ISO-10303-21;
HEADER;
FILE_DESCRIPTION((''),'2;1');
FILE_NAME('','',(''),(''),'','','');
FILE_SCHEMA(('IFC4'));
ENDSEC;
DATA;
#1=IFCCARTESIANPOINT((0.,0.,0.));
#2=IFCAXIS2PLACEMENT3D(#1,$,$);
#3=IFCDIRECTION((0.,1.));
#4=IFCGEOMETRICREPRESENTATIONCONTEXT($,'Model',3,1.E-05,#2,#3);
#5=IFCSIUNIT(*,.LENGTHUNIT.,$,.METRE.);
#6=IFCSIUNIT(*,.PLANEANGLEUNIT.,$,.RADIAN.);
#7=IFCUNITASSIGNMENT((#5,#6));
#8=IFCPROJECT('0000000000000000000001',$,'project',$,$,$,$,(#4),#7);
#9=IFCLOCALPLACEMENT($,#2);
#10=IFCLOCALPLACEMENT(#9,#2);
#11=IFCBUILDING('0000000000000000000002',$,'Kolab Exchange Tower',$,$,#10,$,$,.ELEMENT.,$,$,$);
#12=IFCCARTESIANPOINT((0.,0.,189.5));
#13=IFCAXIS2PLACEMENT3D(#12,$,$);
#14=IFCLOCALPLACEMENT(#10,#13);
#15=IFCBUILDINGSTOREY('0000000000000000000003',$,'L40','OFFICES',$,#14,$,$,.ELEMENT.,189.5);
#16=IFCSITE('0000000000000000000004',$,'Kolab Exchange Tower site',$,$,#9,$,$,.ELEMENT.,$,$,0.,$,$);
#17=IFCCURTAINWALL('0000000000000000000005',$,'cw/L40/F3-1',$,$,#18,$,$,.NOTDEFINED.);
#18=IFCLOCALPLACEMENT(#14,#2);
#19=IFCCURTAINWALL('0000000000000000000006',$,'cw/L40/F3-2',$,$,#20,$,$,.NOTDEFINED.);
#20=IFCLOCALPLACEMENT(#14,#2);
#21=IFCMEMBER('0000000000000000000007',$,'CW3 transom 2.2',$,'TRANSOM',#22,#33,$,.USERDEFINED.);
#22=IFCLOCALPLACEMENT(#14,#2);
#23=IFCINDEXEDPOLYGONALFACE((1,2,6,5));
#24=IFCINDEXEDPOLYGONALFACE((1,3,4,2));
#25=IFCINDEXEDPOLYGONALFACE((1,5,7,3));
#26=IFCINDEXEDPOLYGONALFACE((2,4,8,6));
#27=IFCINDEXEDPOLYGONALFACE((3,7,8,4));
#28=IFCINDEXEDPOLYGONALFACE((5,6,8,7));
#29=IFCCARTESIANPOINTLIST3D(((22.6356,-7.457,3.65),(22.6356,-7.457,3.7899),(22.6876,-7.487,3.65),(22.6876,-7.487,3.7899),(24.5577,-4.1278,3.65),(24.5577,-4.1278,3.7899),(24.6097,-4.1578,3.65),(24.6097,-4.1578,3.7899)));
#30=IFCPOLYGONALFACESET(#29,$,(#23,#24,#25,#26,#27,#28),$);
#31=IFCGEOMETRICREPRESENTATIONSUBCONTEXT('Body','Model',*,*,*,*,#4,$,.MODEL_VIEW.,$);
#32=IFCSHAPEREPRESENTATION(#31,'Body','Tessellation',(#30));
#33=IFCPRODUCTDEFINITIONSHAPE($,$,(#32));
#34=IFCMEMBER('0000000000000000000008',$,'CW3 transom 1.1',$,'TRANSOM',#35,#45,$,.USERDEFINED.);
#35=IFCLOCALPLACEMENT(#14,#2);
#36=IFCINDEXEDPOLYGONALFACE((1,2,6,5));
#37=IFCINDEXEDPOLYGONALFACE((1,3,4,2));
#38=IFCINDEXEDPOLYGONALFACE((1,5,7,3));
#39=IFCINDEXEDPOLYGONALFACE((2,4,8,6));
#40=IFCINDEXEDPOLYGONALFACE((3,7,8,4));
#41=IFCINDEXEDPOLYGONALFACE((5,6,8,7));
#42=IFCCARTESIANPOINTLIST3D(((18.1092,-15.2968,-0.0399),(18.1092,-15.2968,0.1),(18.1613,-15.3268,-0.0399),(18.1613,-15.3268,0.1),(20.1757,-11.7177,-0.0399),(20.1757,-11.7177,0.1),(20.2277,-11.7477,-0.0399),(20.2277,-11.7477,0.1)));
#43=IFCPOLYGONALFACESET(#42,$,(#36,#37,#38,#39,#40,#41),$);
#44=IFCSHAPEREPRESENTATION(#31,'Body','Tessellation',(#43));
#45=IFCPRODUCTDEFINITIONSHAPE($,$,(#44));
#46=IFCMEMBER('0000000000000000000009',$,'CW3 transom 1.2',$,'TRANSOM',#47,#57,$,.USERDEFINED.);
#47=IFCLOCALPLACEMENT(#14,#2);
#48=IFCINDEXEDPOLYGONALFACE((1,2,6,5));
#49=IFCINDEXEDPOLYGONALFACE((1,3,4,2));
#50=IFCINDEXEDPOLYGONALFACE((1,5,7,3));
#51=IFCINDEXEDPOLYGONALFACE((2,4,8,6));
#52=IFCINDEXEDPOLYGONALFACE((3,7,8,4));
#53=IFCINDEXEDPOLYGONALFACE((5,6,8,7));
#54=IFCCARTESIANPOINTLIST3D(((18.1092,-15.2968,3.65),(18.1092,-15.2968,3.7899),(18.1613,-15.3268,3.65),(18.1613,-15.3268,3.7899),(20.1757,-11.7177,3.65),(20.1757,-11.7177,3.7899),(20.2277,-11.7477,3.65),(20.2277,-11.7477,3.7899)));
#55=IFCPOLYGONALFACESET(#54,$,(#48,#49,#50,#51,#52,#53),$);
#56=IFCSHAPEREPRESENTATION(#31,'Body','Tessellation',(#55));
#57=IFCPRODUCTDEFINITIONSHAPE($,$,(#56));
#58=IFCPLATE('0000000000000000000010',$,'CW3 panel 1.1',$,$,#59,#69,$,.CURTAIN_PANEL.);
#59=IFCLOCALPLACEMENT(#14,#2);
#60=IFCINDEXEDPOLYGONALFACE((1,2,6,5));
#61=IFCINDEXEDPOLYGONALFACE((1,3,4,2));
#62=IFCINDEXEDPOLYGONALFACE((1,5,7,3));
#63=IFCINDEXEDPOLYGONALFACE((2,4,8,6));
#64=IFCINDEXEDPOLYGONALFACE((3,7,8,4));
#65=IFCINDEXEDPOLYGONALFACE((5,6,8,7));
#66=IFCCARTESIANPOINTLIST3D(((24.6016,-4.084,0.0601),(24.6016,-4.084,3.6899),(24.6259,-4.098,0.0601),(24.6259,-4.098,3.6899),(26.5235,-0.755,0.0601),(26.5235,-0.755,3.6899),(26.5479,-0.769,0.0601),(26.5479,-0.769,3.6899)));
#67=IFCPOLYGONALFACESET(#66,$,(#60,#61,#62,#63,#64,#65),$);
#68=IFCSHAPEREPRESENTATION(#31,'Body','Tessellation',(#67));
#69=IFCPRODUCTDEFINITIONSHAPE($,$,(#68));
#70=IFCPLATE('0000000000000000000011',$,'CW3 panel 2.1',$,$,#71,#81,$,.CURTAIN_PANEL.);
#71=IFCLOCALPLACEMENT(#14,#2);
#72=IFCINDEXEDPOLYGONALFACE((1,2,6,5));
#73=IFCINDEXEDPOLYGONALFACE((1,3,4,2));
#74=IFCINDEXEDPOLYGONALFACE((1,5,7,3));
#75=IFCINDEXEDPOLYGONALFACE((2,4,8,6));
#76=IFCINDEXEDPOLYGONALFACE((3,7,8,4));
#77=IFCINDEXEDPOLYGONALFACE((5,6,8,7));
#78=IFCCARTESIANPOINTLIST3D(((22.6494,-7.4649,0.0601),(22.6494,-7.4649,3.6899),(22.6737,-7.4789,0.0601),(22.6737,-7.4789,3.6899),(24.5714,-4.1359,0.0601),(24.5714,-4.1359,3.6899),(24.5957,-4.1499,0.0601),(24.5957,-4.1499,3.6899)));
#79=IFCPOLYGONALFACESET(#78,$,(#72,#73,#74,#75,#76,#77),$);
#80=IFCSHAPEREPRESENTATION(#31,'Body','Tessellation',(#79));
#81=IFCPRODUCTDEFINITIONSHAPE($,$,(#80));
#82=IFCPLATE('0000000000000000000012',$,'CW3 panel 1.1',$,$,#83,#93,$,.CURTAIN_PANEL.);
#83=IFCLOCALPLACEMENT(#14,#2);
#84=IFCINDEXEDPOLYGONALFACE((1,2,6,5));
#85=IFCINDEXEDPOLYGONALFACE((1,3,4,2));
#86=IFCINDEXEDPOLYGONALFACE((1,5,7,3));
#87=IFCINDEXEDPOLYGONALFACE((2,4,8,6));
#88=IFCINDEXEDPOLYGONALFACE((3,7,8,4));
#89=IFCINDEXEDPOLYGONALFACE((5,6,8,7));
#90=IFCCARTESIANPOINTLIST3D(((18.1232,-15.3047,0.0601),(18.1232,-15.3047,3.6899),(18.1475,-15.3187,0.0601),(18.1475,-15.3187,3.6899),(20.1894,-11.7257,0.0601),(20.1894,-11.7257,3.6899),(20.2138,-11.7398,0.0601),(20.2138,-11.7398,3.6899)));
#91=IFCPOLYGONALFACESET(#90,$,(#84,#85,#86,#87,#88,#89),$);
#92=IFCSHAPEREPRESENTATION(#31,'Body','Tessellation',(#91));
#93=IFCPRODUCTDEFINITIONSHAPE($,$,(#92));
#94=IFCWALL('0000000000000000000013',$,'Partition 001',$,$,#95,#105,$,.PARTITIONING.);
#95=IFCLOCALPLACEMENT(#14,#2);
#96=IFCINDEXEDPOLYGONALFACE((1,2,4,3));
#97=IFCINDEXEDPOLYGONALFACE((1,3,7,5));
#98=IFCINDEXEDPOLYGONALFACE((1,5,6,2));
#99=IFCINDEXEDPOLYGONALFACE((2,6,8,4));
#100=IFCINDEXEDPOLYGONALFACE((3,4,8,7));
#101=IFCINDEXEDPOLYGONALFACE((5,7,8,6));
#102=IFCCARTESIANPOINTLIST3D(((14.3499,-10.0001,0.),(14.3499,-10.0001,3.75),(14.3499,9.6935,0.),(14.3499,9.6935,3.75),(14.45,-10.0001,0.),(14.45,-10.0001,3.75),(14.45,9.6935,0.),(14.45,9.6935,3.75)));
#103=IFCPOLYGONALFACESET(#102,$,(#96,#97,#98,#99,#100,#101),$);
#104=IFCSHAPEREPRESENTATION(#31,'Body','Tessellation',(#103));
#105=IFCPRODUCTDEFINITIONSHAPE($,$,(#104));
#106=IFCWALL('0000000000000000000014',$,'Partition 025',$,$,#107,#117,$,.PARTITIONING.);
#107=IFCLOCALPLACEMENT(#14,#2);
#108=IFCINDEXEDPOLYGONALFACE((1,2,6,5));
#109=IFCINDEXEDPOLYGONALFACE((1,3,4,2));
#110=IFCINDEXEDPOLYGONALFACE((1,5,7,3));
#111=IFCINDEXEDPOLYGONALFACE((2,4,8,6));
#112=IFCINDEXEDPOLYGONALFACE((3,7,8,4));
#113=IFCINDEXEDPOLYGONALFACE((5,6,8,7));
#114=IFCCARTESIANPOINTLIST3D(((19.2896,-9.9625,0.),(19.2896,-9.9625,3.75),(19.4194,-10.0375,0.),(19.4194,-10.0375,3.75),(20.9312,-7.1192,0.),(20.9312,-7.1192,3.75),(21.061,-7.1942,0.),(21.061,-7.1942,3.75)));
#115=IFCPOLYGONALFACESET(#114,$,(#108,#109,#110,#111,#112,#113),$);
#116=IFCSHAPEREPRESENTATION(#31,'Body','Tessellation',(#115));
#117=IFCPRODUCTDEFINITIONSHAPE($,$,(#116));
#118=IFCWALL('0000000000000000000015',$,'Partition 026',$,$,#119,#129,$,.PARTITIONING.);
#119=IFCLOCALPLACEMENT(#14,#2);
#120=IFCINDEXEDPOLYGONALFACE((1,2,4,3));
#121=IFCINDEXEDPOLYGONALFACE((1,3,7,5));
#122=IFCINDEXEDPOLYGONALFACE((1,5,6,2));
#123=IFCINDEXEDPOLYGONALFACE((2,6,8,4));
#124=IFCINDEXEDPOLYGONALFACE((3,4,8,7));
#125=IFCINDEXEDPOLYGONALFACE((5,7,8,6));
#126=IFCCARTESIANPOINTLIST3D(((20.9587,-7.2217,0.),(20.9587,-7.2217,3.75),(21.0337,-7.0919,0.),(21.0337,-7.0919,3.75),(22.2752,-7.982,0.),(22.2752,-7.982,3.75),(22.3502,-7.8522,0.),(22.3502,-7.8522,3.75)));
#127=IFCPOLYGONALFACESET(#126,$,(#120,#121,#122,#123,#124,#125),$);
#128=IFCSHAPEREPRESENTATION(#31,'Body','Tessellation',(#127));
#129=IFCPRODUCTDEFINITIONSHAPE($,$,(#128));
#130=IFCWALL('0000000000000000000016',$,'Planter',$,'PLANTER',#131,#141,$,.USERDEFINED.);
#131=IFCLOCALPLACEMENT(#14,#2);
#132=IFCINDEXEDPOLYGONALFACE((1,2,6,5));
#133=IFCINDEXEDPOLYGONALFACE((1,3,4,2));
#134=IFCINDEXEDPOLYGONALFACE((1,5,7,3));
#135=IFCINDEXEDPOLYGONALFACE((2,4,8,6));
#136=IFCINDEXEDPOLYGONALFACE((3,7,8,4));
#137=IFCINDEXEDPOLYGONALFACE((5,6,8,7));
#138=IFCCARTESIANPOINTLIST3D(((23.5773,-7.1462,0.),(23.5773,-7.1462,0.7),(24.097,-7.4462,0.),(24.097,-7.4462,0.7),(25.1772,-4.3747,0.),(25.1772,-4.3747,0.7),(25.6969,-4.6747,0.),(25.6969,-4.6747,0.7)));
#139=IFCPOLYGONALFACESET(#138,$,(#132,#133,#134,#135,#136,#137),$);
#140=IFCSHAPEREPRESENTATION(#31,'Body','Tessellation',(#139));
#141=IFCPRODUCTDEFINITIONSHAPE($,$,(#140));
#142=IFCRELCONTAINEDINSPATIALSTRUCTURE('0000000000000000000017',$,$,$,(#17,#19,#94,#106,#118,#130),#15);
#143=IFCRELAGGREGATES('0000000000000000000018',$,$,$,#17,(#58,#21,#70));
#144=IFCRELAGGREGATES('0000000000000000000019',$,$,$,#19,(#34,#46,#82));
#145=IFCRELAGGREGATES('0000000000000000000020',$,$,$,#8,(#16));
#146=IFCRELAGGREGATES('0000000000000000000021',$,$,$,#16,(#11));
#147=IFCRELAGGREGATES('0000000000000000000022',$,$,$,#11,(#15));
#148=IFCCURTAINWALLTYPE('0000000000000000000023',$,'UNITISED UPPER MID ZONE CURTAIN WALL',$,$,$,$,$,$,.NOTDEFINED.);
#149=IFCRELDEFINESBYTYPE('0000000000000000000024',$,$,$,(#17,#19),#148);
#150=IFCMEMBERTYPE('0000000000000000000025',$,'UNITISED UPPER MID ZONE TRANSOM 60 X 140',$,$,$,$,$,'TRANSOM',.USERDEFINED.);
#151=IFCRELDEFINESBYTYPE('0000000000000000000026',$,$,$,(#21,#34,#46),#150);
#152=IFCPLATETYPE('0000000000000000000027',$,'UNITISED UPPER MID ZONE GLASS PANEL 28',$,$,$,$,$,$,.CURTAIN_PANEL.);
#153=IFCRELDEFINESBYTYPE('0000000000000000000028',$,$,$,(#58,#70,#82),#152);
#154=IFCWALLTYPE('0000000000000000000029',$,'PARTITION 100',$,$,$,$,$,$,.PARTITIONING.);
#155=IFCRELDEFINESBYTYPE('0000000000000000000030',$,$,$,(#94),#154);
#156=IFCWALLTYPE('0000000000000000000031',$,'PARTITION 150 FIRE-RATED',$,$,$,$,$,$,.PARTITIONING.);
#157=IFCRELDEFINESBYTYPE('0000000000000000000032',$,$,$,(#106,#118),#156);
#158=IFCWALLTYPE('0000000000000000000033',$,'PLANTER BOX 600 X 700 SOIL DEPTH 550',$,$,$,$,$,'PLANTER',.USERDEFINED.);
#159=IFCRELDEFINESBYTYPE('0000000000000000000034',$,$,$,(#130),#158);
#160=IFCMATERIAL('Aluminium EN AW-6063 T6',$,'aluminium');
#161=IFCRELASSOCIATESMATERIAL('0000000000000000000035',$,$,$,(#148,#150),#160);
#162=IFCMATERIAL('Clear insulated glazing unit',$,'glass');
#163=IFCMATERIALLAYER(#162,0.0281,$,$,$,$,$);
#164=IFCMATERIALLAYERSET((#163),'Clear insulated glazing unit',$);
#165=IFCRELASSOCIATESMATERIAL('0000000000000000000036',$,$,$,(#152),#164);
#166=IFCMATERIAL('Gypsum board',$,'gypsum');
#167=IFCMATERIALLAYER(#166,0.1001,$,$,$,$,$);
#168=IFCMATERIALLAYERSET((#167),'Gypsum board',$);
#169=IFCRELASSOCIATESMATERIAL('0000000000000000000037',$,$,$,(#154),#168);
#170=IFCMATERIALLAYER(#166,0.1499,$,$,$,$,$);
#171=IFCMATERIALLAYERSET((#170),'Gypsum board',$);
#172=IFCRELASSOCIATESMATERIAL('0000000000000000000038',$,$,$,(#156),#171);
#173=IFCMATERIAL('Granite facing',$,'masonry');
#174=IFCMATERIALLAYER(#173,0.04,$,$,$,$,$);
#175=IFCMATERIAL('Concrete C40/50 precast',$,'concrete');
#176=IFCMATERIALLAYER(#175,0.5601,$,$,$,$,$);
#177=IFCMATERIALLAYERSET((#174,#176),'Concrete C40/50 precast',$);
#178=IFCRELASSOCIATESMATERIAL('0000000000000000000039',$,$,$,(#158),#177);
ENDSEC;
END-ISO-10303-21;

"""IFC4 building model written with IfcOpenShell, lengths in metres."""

from ifc_helpers import new_model, si_unit, direction, frame, frame_2d, origin, origin_2d, place, context, subcontext, project, spatial, rectangle, extrude, material, layer, layer_set, material_profile, profile_set, type_object, element, aggregate, save


model = new_model("IFC4")

# Units and contexts
model_context = context("Model", 3, precision=1e-05, world=origin(), true_north=direction((0.0, 1.0)))
body_context = subcontext(model_context, "Body", "Model", "MODEL_VIEW")
ifc_project = project(units=[si_unit("LENGTHUNIT", "METRE"), si_unit("PLANEANGLEUNIT", "RADIAN")], contexts=[model_context])

# Site, building, storey
site_placement = place(None, origin())
site = spatial("IfcSite", under=ifc_project, at=site_placement, Name="Kolab Exchange Tower site", CompositionType="ELEMENT", RefElevation=0.0)
building_placement = place(site_placement, origin())
building = spatial("IfcBuilding", under=site, at=building_placement, Name="Kolab Exchange Tower", CompositionType="ELEMENT")
storey_placement = place(building_placement, frame((0.0, 0.0, 189.5)))
storey = spatial("IfcBuildingStorey", under=building, at=storey_placement, Name="L40", Description="OFFICES", CompositionType="ELEMENT", Elevation=189.5)

# Curtain wall
ifc_material_1 = material(Name="Aluminium EN AW-6063 T6", Category="aluminium")
curtain_wall_type = type_object("IfcCurtainWallType", Name="UNITISED UPPER MID ZONE CURTAIN WALL", PredefinedType="NOTDEFINED", material=ifc_material_1)
curtain_wall_1_placement = place(storey_placement, origin())
curtain_wall_1 = element("IfcCurtainWall", 1, at=curtain_wall_1_placement, inside=storey, type_object=curtain_wall_type, Name="cw/L40/F3-1", PredefinedType="NOTDEFINED")

# Curtain wall
curtain_wall_2_placement = place(storey_placement, origin())
curtain_wall_2 = element("IfcCurtainWall", 2, at=curtain_wall_2_placement, inside=storey, type_object=curtain_wall_type, Name="cw/L40/F3-2", PredefinedType="NOTDEFINED")

# Members
ifc_material_profile_1 = material_profile(ifc_material_1, rectangle(XDim=0.0601, YDim=0.1399, at=origin_2d()), Name="RECT 60X140")
ifc_profile_set_1 = profile_set([ifc_material_profile_1], Name="Aluminium EN AW-6063 T6")
member_type_1 = type_object("IfcMemberType", Name="UNITISED UPPER MID ZONE TRANSOM 60 X 140", ElementType="TRANSOM", PredefinedType="USERDEFINED", material=ifc_profile_set_1)
member_1_placement = place(storey_placement, frame((24.5837, -4.1428, 3.72), z_axis=(-0.500012, -0.866018, 0.0), x_axis=(0.866018, -0.500012, 0.0)))
member_1 = element("IfcMember", 3, at=member_1_placement, type_object=member_type_1, Name="CW3 transom 2.2", ObjectType="TRANSOM", PredefinedType="USERDEFINED", context=body_context, shape_type="SweptSolid", body=[
    extrude(rectangle(XDim=0.0601, YDim=0.1399, at=origin_2d()), origin(), (0.0, 0.0, 1.0), 3.8442),
])
member_2_placement = place(storey_placement, frame((20.2017, -11.7327, 0.03), z_axis=(-0.500002, -0.866024, 0.0), x_axis=(0.866024, -0.500002, 0.0)))
member_2 = element("IfcMember", 4, at=member_2_placement, type_object=member_type_1, Name="CW3 transom 1.1", ObjectType="TRANSOM", PredefinedType="USERDEFINED", context=body_context, shape_type="SweptSolid", body=[
    extrude(rectangle(XDim=0.0601, YDim=0.1399, at=origin_2d()), origin(), (0.0, 0.0, 1.0), 4.1328),
])
member_3_placement = place(storey_placement, frame((20.2017, -11.7327, 3.72), z_axis=(-0.500002, -0.866024, 0.0), x_axis=(0.866024, -0.500002, 0.0)))
member_3 = element("IfcMember", 5, at=member_3_placement, type_object=member_type_1, Name="CW3 transom 1.2", ObjectType="TRANSOM", PredefinedType="USERDEFINED", context=body_context, shape_type="SweptSolid", body=[
    extrude(rectangle(XDim=0.0601, YDim=0.1399, at=origin_2d()), origin(), (0.0, 0.0, 1.0), 4.1328),
])

# Plates
ifc_material_2 = material(Name="Clear insulated glazing unit", Category="glass")
ifc_layer_1 = layer(ifc_material_2, 0.0281)
ifc_layer_set_1 = layer_set([ifc_layer_1], Name="Clear insulated glazing unit")
plate_type = type_object("IfcPlateType", Name="UNITISED UPPER MID ZONE GLASS PANEL 28", PredefinedType="CURTAIN_PANEL", material=ifc_layer_set_1)
plate_1_placement = place(storey_placement, frame((25.5747, -2.4265, 0.0601), z_axis=(0.0, 0.0, 1.0), x_axis=(-0.5, -0.866025, 0.0)))
plate_1 = element("IfcPlate", 6, at=plate_1_placement, type_object=plate_type, Name="CW3 panel 1.1", PredefinedType="CURTAIN_PANEL", context=body_context, shape_type="SweptSolid", body=[
    extrude(rectangle(XDim=3.844, YDim=0.0281, at=origin_2d()), origin(), (0.0, 0.0, 1.0), 3.6299),
])
plate_2_placement = place(storey_placement, frame((23.6226, -5.8074, 0.0601), z_axis=(0.0, 0.0, 1.0), x_axis=(-0.5, -0.866025, 0.0)))
plate_2 = element("IfcPlate", 7, at=plate_2_placement, type_object=plate_type, Name="CW3 panel 2.1", PredefinedType="CURTAIN_PANEL", context=body_context, shape_type="SweptSolid", body=[
    extrude(rectangle(XDim=3.844, YDim=0.0281, at=origin_2d()), origin(), (0.0, 0.0, 1.0), 3.6299),
])
aggregate(curtain_wall_1, [plate_1, member_1, plate_2])
plate_3_placement = place(storey_placement, frame((19.1685, -13.5222, 0.0601), z_axis=(0.0, 0.0, 1.0), x_axis=(-0.5, -0.866025, 0.0)))
plate_3 = element("IfcPlate", 8, at=plate_3_placement, type_object=plate_type, Name="CW3 panel 1.1", PredefinedType="CURTAIN_PANEL", context=body_context, shape_type="SweptSolid", body=[
    extrude(rectangle(XDim=4.1326, YDim=0.0281, at=origin_2d()), origin(), (0.0, 0.0, 1.0), 3.6299),
])
aggregate(curtain_wall_2, [member_2, member_3, plate_3])

# Walls
ifc_material_3 = material(Name="Gypsum board", Category="gypsum")
ifc_layer_2 = layer(ifc_material_3, 0.1001)
ifc_layer_set_2 = layer_set([ifc_layer_2], Name="Gypsum board")
wall_type_1 = type_object("IfcWallType", Name="PARTITION 100", PredefinedType="PARTITIONING", material=ifc_layer_set_2)
wall_1_placement = place(storey_placement, frame((14.3999, -10.0, 0.0), z_axis=(0.0, 0.0, 1.0), x_axis=(0.0, 1.0, 0.0)))
element("IfcWall", 9, at=wall_1_placement, inside=storey, type_object=wall_type_1, Name="Partition 001", PredefinedType="PARTITIONING", context=body_context, shape_type="SweptSolid", body=[
    extrude(rectangle(XDim=19.6936, YDim=0.1001, at=frame_2d((9.8467, 0.0))), origin(), (0.0, 0.0, 1.0), 3.75),
])
ifc_layer_3 = layer(ifc_material_3, 0.1499)
ifc_layer_set_3 = layer_set([ifc_layer_3], Name="Gypsum board")
wall_type_2 = type_object("IfcWallType", Name="PARTITION 150 FIRE-RATED", PredefinedType="PARTITIONING", material=ifc_layer_set_3)
wall_2_placement = place(storey_placement, frame((19.3545, -10.0, 0.0), z_axis=(0.0, 0.0, 1.0), x_axis=(0.50001, 0.86602, 0.0)))
element("IfcWall", 10, at=wall_2_placement, inside=storey, type_object=wall_type_2, Name="Partition 025", PredefinedType="PARTITIONING", context=body_context, shape_type="SweptSolid", body=[
    extrude(rectangle(XDim=3.2832, YDim=0.1499, at=frame_2d((1.6416, 0.0))), origin(), (0.0, 0.0, 1.0), 3.75),
])
wall_3_placement = place(storey_placement, frame((20.9961, -7.1567, 0.0), z_axis=(0.0, 0.0, 1.0), x_axis=(0.865961, -0.500112, 0.0)))
element("IfcWall", 11, at=wall_3_placement, inside=storey, type_object=wall_type_2, Name="Partition 026", PredefinedType="PARTITIONING", context=body_context, shape_type="SweptSolid", body=[
    extrude(rectangle(XDim=1.5203, YDim=0.1499, at=frame_2d((0.7603, 0.0))), origin(), (0.0, 0.0, 1.0), 3.75),
])
ifc_material_4 = material(Name="Granite facing", Category="masonry")
ifc_layer_4 = layer(ifc_material_4, 0.04)
ifc_material_5 = material(Name="Concrete C40/50 precast", Category="concrete")
ifc_layer_5 = layer(ifc_material_5, 0.5601)
ifc_layer_set_4 = layer_set([ifc_layer_4, ifc_layer_5], Name="Concrete C40/50 precast")
wall_type_3 = type_object("IfcWallType", Name="PLANTER BOX 600 X 700 SOIL DEPTH 550", ElementType="PLANTER", PredefinedType="USERDEFINED", material=ifc_layer_set_4)
wall_4_placement = place(storey_placement, frame((25.437, -4.5247, 0.0), z_axis=(0.0, 0.0, 1.0), x_axis=(-0.499938, -0.866061, 0.0)))
element("IfcWall", 12, at=wall_4_placement, inside=storey, type_object=wall_type_3, Name="Planter", ObjectType="PLANTER", PredefinedType="USERDEFINED", context=body_context, shape_type="SweptSolid", body=[
    extrude(rectangle(XDim=3.2002, YDim=0.6001, at=frame_2d((1.6001, 0.0))), origin(), (0.0, 0.0, 1.0), 0.7),
])

save(model, "model.ifc")
